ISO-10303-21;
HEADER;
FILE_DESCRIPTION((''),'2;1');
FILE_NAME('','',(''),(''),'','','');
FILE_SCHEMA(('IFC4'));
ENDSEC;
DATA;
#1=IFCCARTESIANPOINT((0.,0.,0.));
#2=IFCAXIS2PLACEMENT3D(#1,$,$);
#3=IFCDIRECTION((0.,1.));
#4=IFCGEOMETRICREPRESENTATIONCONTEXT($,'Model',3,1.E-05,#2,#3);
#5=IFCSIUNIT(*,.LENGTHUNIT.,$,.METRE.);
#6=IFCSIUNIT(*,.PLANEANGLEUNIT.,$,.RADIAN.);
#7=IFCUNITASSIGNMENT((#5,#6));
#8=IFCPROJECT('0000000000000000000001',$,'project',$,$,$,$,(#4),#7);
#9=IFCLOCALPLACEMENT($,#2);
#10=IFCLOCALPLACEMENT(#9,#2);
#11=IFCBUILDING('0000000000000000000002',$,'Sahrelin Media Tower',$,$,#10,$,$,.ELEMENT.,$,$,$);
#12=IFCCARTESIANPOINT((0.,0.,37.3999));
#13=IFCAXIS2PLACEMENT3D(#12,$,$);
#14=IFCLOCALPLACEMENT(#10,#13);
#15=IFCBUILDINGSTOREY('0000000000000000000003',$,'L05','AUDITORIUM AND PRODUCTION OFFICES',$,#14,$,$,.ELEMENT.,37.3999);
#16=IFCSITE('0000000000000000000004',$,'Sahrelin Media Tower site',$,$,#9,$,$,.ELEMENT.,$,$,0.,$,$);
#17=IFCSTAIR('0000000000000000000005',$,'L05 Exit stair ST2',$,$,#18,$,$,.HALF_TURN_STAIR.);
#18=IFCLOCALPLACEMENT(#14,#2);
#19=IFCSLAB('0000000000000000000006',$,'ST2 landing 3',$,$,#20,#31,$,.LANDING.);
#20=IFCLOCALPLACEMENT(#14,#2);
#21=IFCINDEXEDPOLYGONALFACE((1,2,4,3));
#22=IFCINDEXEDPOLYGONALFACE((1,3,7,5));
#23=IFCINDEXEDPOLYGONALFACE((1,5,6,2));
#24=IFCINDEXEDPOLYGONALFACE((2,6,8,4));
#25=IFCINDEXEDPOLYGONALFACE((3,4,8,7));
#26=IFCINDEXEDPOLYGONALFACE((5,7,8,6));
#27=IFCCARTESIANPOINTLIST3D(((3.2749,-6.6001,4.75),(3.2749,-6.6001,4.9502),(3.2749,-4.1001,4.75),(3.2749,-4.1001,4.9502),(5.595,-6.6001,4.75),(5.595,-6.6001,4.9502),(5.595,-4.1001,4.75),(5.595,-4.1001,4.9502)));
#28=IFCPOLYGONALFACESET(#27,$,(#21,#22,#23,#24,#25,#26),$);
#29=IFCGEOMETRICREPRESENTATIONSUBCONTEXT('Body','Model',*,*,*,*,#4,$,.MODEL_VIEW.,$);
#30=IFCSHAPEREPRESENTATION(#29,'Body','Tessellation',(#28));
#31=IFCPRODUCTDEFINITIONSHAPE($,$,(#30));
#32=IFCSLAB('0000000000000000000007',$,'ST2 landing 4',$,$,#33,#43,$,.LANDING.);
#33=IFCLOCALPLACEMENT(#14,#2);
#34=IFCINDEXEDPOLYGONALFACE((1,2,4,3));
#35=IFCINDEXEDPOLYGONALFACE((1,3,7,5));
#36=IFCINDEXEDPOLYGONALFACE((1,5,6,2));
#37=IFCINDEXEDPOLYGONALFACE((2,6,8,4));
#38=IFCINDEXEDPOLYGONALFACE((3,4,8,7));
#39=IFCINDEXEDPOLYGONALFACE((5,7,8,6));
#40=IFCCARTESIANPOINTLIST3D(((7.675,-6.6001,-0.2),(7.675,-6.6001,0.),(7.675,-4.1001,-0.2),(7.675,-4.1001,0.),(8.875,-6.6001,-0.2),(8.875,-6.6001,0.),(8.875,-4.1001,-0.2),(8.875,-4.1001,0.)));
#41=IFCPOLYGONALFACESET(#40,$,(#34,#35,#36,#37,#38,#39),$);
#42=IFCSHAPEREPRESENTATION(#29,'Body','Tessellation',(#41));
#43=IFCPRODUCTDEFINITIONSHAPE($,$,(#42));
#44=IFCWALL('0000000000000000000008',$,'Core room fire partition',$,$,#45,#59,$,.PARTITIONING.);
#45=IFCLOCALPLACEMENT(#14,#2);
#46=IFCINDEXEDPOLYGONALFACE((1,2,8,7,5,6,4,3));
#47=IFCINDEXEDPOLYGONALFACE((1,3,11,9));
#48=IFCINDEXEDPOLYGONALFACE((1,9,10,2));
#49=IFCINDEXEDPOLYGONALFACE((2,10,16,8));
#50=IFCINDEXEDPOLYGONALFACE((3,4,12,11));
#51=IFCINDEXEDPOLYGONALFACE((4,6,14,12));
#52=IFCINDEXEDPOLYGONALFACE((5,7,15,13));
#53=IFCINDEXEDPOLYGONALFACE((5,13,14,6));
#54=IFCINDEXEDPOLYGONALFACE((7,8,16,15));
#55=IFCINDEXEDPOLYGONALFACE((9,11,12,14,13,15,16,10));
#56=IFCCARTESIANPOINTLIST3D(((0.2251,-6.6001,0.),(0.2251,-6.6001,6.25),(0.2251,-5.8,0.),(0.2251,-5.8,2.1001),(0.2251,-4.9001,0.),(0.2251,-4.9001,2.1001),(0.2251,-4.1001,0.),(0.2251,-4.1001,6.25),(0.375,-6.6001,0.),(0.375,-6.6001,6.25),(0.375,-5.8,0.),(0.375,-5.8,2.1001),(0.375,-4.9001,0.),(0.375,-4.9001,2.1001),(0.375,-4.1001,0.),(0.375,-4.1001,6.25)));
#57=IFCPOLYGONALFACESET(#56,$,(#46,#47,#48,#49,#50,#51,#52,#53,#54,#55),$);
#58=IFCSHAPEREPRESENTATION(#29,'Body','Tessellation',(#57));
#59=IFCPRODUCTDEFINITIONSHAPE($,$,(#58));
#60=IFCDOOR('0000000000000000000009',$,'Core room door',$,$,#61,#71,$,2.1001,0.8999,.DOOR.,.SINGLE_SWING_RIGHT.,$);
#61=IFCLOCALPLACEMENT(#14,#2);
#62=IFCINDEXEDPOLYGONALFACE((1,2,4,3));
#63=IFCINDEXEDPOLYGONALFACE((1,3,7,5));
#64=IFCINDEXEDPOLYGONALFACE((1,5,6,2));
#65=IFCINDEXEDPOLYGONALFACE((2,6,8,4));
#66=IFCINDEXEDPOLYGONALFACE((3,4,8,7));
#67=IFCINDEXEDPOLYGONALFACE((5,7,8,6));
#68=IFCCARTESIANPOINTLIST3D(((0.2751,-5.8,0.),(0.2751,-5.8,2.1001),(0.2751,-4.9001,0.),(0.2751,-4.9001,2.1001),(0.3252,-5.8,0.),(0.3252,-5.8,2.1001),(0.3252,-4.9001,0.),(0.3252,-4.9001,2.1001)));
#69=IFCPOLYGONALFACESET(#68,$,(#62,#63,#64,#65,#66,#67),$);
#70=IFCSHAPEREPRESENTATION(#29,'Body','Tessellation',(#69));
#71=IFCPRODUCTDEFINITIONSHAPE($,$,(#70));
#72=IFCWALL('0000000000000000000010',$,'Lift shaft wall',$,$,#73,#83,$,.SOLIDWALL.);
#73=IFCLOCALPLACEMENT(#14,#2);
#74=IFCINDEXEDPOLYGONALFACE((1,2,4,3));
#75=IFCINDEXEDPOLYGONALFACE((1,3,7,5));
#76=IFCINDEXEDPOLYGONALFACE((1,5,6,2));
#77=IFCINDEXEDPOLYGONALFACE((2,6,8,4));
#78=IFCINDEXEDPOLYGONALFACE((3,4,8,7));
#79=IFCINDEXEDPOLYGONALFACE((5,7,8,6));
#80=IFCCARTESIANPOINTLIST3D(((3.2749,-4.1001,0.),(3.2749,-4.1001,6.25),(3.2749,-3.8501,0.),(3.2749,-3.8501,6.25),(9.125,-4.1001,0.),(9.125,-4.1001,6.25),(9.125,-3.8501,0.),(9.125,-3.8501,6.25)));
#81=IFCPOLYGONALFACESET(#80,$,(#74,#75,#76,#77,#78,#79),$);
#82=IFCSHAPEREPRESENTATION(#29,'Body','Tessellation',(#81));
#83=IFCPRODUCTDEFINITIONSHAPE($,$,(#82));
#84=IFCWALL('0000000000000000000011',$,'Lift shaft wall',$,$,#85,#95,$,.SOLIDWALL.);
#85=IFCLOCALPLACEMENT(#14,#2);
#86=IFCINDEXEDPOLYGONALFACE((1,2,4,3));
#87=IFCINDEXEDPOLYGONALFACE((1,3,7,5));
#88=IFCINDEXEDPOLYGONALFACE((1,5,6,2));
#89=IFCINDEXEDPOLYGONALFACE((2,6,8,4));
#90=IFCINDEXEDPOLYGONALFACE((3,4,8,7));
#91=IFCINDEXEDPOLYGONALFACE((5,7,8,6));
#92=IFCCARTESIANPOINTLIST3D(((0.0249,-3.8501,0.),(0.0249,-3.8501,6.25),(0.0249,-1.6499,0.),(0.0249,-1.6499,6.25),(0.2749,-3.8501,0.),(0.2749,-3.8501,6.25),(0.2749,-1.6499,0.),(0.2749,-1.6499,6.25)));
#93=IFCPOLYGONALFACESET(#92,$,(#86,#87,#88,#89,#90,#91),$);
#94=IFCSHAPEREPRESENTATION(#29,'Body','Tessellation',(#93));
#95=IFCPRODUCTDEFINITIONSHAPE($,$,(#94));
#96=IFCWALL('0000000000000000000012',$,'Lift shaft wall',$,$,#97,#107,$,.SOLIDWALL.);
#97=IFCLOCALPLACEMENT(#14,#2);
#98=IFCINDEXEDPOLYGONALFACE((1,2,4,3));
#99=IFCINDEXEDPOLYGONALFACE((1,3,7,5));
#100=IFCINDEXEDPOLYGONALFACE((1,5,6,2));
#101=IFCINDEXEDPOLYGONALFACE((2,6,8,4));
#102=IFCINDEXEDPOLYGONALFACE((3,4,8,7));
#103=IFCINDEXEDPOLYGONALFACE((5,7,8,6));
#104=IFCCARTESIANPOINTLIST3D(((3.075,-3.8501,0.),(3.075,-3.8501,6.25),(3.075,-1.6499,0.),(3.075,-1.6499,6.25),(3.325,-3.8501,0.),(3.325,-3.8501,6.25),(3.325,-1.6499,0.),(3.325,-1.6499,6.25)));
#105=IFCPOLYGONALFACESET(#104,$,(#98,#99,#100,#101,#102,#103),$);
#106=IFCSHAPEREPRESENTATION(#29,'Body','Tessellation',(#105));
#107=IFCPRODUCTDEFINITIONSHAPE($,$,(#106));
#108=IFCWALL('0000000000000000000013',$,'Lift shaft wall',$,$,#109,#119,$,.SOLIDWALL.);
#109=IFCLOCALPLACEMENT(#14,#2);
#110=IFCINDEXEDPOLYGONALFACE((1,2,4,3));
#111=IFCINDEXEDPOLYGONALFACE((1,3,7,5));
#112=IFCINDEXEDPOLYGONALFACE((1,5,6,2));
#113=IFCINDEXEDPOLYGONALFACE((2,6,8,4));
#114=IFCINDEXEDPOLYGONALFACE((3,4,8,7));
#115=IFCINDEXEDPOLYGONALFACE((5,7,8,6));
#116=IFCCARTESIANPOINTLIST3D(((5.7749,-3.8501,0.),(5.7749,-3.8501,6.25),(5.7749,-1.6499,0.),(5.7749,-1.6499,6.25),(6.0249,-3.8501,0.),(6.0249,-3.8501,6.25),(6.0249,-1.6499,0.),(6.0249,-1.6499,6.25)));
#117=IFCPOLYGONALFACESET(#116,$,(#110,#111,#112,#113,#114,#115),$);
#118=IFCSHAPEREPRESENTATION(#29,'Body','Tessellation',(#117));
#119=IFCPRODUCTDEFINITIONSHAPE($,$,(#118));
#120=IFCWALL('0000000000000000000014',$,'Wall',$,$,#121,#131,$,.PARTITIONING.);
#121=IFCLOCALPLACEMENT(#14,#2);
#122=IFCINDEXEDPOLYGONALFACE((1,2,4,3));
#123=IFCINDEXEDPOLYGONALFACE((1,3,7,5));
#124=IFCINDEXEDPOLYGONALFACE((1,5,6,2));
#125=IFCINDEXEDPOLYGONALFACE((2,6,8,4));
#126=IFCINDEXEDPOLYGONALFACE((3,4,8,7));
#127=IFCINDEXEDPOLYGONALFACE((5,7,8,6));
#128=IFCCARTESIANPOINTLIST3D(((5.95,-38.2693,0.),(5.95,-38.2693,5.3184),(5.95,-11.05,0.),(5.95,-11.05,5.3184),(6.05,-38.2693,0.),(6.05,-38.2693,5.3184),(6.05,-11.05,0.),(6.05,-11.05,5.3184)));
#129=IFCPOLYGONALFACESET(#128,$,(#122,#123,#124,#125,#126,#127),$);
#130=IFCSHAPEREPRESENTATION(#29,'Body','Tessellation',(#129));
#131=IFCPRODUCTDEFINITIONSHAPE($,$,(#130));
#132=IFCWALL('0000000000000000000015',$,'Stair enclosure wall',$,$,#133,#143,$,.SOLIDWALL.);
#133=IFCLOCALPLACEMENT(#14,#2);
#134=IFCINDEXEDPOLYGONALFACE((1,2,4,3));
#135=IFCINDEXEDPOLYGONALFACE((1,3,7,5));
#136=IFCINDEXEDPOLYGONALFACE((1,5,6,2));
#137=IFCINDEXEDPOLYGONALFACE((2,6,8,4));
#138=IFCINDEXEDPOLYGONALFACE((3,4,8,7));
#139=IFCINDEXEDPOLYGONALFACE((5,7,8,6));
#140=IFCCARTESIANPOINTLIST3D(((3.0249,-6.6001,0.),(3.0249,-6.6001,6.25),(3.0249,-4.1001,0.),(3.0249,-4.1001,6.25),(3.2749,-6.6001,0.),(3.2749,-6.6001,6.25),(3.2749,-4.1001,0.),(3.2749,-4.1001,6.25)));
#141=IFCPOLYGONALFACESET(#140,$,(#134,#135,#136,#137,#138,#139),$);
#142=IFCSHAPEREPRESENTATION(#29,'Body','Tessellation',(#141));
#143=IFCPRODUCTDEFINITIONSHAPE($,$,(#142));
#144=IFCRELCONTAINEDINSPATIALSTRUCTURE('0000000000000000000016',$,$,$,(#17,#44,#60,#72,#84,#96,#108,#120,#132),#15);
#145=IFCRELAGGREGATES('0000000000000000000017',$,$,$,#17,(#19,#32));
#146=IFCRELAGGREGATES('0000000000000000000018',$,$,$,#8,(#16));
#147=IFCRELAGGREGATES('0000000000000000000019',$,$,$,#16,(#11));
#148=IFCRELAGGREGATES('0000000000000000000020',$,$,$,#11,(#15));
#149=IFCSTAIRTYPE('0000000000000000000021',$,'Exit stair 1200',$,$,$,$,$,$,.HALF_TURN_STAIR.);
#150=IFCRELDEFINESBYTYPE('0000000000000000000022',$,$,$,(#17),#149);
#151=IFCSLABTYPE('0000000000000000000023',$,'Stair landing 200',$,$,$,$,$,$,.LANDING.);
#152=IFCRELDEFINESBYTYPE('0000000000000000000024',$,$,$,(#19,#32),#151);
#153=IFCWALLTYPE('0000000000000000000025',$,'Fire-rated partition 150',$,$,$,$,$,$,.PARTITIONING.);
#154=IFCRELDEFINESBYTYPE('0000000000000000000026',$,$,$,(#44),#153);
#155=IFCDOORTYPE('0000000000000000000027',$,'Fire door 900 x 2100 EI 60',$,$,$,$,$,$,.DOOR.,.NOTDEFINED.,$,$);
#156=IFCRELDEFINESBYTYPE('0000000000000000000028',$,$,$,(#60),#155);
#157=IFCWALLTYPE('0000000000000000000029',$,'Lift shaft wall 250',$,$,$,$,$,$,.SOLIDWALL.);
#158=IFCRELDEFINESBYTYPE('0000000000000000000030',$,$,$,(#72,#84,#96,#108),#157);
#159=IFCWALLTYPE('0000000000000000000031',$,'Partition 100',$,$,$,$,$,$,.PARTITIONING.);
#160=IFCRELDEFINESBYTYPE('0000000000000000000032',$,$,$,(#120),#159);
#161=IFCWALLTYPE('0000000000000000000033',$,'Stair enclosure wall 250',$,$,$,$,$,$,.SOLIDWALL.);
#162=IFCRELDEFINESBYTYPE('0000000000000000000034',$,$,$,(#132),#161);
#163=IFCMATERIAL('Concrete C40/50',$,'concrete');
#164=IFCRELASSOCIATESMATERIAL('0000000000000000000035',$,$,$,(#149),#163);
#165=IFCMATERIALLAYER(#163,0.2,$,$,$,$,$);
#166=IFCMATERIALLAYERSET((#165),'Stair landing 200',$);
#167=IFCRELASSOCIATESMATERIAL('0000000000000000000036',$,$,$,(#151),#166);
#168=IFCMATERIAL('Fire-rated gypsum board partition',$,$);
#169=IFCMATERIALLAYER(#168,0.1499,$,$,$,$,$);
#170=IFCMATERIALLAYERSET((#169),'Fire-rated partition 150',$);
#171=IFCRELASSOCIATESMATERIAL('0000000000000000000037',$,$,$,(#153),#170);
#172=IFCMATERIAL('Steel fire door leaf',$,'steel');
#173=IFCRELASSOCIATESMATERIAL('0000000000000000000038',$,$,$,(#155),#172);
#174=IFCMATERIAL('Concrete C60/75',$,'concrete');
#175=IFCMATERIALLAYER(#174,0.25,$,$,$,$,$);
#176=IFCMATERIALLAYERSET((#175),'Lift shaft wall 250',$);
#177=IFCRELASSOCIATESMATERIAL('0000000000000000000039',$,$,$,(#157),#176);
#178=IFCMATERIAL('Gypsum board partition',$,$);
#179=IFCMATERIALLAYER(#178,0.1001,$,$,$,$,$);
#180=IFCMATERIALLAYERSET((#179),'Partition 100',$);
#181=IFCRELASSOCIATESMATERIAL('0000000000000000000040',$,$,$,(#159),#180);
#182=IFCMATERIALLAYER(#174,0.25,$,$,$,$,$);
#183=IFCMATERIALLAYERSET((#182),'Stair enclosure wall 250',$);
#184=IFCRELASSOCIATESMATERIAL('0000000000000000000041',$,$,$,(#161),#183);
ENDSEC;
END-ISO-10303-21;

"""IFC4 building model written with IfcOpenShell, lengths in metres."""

from ifc_helpers import new_model, si_unit, direction, frame, frame_2d, origin, place, context, subcontext, project, spatial, polyline, rectangle, outline, extrude, material, layer, layer_set, type_object, element, fill, aggregate, save


model = new_model("IFC4")

# Units and contexts
model_context = context("Model", 3, precision=1e-05, world=origin(), true_north=direction((0.0, 1.0)))
body_context = subcontext(model_context, "Body", "Model", "MODEL_VIEW")
ifc_project = project(units=[si_unit("LENGTHUNIT", "METRE"), si_unit("PLANEANGLEUNIT", "RADIAN")], contexts=[model_context])

# Site, building, storey
site_placement = place(None, origin())
site = spatial("IfcSite", under=ifc_project, at=site_placement, Name="Sahrelin Media Tower site", CompositionType="ELEMENT", RefElevation=0.0)
building_placement = place(site_placement, origin())
building = spatial("IfcBuilding", under=site, at=building_placement, Name="Sahrelin Media Tower", CompositionType="ELEMENT")
storey_placement = place(building_placement, frame((0.0, 0.0, 37.3999)))
storey = spatial("IfcBuildingStorey", under=building, at=storey_placement, Name="L05", Description="AUDITORIUM AND PRODUCTION OFFICES", CompositionType="ELEMENT", Elevation=37.3999)

# Stair, slabs
ifc_material_1 = material(Name="Concrete C40/50", Category="concrete")
stair_type = type_object("IfcStairType", Name="Exit stair 1200", PredefinedType="HALF_TURN_STAIR", material=ifc_material_1)
placement_1 = place(storey_placement, origin())
ifc_layer_1 = layer(ifc_material_1, 0.2)
ifc_layer_set_1 = layer_set([ifc_layer_1], Name="Stair landing 200")
slab_type = type_object("IfcSlabType", Name="Stair landing 200", PredefinedType="LANDING", material=ifc_layer_set_1)
placement_2 = place(storey_placement, frame((0.0, 0.0, 4.75)))
placement_3 = place(storey_placement, frame((0.0, 0.0, -0.2)))
stair_1 = element("IfcStair", 1, at=placement_1, inside=storey, type_object=stair_type, Name="L05 Exit stair ST2", PredefinedType="HALF_TURN_STAIR")
slab_1 = element("IfcSlab", 2, at=placement_2, type_object=slab_type, Name="ST2 landing 3", PredefinedType="LANDING", context=body_context, shape_type="SweptSolid", body=[
    extrude(outline(polyline([(5.595, -4.1001), (3.2749, -4.1001), (3.2749, -6.6001), (5.595, -6.6001), (5.595, -4.1001)])), origin(), (0.0, 0.0, 1.0), 0.2002),
])
slab_2 = element("IfcSlab", 3, at=placement_3, type_object=slab_type, Name="ST2 landing 4", PredefinedType="LANDING", context=body_context, shape_type="SweptSolid", body=[
    extrude(outline(polyline([(8.875, -4.1001), (7.675, -4.1001), (7.675, -6.6001), (8.875, -6.6001), (8.875, -4.1001)])), origin(), (0.0, 0.0, 1.0), 0.2),
])
aggregate(stair_1, [slab_1, slab_2])

# Wall, opening, door
ifc_material_2 = material(Name="Fire-rated gypsum board partition")
ifc_layer_2 = layer(ifc_material_2, 0.1499)
ifc_layer_set_2 = layer_set([ifc_layer_2], Name="Fire-rated partition 150")
wall_type_1 = type_object("IfcWallType", Name="Fire-rated partition 150", PredefinedType="PARTITIONING", material=ifc_layer_set_2)
wall_1_placement = place(storey_placement, frame((0.3, -6.6001, 0.0), z_axis=(0.0, 0.0, 1.0), x_axis=(0.0, 1.0, 0.0)))
wall_1 = element("IfcWall", 4, at=wall_1_placement, inside=storey, type_object=wall_type_1, Name="Core room fire partition", PredefinedType="PARTITIONING", context=body_context, shape_type="SweptSolid", body=[
    extrude(rectangle(XDim=2.5, YDim=0.1499, at=frame_2d((1.25, 0.0))), origin(), (0.0, 0.0, 1.0), 6.25),
])
opening_placement = place(wall_1_placement, frame((0.8, 0.0, 0.0)))
opening = element("IfcOpeningElement", 5, at=opening_placement, cuts=wall_1, PredefinedType="OPENING", context=body_context, shape_type="SweptSolid", body=[
    extrude(rectangle(XDim=0.8999, YDim=2.1001, at=frame_2d((0.45, 1.05))), frame((0.0, 0.075, 0.0), z_axis=(0.0, -1.0, 0.0), x_axis=(1.0, 0.0, 0.0)), (0.0, 0.0, 1.0), 0.1499),
])
ifc_material_3 = material(Name="Steel fire door leaf", Category="steel")
door_type = type_object("IfcDoorType", Name="Fire door 900 x 2100 EI 60", OperationType="NOTDEFINED", PredefinedType="DOOR", material=ifc_material_3)
door_placement = place(opening_placement, origin())
door = element("IfcDoor", 6, at=door_placement, inside=storey, type_object=door_type, Name="Core room door", OperationType="SINGLE_SWING_RIGHT", OverallHeight=2.1001, OverallWidth=0.8999, PredefinedType="DOOR", context=body_context, shape_type="SweptSolid", body=[
    extrude(rectangle(XDim=0.8999, YDim=2.1001, at=frame_2d((0.45, 1.05))), frame((0.0, 0.0249, 0.0), z_axis=(0.0, -1.0, 0.0), x_axis=(1.0, 0.0, 0.0)), (0.0, 0.0, 1.0), 0.05),
])
fill(opening, door)

# Walls
ifc_material_4 = material(Name="Concrete C60/75", Category="concrete")
ifc_layer_3 = layer(ifc_material_4, 0.25)
ifc_layer_set_3 = layer_set([ifc_layer_3], Name="Lift shaft wall 250")
wall_type_2 = type_object("IfcWallType", Name="Lift shaft wall 250", PredefinedType="SOLIDWALL", material=ifc_layer_set_3)
wall_2_placement = place(storey_placement, frame((3.2749, -3.9751, 0.0), z_axis=(0.0, 0.0, 1.0), x_axis=(1.0, 0.0, 0.0)))
element("IfcWall", 7, at=wall_2_placement, inside=storey, type_object=wall_type_2, Name="Lift shaft wall", PredefinedType="SOLIDWALL", context=body_context, shape_type="SweptSolid", body=[
    extrude(rectangle(XDim=5.8501, YDim=0.25, at=frame_2d((2.925, 0.0))), origin(), (0.0, 0.0, 1.0), 6.25),
])
for number, where, z_axis, x_axis, name in (
    (8, (0.1499, -3.8501, 0.0), (0.0, 0.0, 1.0), (0.0, 1.0, 0.0), "Lift shaft wall"),
    (9, (3.2, -3.8501, 0.0), (0.0, 0.0, 1.0), (0.0, 1.0, 0.0), "Lift shaft wall"),
    (10, (5.8999, -3.8501, 0.0), (0.0, 0.0, 1.0), (0.0, 1.0, 0.0), "Lift shaft wall"),
):
    element("IfcWall", number, at=place(storey_placement, frame(where, z_axis=z_axis, x_axis=x_axis)), inside=storey, type_object=wall_type_2, Name=name, PredefinedType="SOLIDWALL", context=body_context, shape_type="SweptSolid", body=[
        extrude(rectangle(XDim=2.2002, YDim=0.25, at=frame_2d((1.1001, 0.0))), origin(), (0.0, 0.0, 1.0), 6.25),
    ])
ifc_material_5 = material(Name="Gypsum board partition")
ifc_layer_4 = layer(ifc_material_5, 0.1001)
ifc_layer_set_4 = layer_set([ifc_layer_4], Name="Partition 100")
wall_type_3 = type_object("IfcWallType", Name="Partition 100", PredefinedType="PARTITIONING", material=ifc_layer_set_4)
wall_3_placement = place(storey_placement, frame((6.0, -11.05, 0.0), z_axis=(0.0, 0.0, 1.0), x_axis=(0.0, -1.0, 0.0)))
element("IfcWall", 11, at=wall_3_placement, inside=storey, type_object=wall_type_3, Name="Wall", PredefinedType="PARTITIONING", context=body_context, shape_type="SweptSolid", body=[
    extrude(rectangle(XDim=27.2192, YDim=0.1001, at=frame_2d((13.6096, 0.0))), origin(), (0.0, 0.0, 1.0), 5.3184),
])
ifc_layer_5 = layer(ifc_material_4, 0.25)
ifc_layer_set_5 = layer_set([ifc_layer_5], Name="Stair enclosure wall 250")
wall_type_4 = type_object("IfcWallType", Name="Stair enclosure wall 250", PredefinedType="SOLIDWALL", material=ifc_layer_set_5)
wall_4_placement = place(storey_placement, frame((3.1499, -6.6001, 0.0), z_axis=(0.0, 0.0, 1.0), x_axis=(0.0, 1.0, 0.0)))
element("IfcWall", 12, at=wall_4_placement, inside=storey, type_object=wall_type_4, Name="Stair enclosure wall", PredefinedType="SOLIDWALL", context=body_context, shape_type="SweptSolid", body=[
    extrude(rectangle(XDim=2.5, YDim=0.25, at=frame_2d((1.25, 0.0))), origin(), (0.0, 0.0, 1.0), 6.25),
])

save(model, "model.ifc")
